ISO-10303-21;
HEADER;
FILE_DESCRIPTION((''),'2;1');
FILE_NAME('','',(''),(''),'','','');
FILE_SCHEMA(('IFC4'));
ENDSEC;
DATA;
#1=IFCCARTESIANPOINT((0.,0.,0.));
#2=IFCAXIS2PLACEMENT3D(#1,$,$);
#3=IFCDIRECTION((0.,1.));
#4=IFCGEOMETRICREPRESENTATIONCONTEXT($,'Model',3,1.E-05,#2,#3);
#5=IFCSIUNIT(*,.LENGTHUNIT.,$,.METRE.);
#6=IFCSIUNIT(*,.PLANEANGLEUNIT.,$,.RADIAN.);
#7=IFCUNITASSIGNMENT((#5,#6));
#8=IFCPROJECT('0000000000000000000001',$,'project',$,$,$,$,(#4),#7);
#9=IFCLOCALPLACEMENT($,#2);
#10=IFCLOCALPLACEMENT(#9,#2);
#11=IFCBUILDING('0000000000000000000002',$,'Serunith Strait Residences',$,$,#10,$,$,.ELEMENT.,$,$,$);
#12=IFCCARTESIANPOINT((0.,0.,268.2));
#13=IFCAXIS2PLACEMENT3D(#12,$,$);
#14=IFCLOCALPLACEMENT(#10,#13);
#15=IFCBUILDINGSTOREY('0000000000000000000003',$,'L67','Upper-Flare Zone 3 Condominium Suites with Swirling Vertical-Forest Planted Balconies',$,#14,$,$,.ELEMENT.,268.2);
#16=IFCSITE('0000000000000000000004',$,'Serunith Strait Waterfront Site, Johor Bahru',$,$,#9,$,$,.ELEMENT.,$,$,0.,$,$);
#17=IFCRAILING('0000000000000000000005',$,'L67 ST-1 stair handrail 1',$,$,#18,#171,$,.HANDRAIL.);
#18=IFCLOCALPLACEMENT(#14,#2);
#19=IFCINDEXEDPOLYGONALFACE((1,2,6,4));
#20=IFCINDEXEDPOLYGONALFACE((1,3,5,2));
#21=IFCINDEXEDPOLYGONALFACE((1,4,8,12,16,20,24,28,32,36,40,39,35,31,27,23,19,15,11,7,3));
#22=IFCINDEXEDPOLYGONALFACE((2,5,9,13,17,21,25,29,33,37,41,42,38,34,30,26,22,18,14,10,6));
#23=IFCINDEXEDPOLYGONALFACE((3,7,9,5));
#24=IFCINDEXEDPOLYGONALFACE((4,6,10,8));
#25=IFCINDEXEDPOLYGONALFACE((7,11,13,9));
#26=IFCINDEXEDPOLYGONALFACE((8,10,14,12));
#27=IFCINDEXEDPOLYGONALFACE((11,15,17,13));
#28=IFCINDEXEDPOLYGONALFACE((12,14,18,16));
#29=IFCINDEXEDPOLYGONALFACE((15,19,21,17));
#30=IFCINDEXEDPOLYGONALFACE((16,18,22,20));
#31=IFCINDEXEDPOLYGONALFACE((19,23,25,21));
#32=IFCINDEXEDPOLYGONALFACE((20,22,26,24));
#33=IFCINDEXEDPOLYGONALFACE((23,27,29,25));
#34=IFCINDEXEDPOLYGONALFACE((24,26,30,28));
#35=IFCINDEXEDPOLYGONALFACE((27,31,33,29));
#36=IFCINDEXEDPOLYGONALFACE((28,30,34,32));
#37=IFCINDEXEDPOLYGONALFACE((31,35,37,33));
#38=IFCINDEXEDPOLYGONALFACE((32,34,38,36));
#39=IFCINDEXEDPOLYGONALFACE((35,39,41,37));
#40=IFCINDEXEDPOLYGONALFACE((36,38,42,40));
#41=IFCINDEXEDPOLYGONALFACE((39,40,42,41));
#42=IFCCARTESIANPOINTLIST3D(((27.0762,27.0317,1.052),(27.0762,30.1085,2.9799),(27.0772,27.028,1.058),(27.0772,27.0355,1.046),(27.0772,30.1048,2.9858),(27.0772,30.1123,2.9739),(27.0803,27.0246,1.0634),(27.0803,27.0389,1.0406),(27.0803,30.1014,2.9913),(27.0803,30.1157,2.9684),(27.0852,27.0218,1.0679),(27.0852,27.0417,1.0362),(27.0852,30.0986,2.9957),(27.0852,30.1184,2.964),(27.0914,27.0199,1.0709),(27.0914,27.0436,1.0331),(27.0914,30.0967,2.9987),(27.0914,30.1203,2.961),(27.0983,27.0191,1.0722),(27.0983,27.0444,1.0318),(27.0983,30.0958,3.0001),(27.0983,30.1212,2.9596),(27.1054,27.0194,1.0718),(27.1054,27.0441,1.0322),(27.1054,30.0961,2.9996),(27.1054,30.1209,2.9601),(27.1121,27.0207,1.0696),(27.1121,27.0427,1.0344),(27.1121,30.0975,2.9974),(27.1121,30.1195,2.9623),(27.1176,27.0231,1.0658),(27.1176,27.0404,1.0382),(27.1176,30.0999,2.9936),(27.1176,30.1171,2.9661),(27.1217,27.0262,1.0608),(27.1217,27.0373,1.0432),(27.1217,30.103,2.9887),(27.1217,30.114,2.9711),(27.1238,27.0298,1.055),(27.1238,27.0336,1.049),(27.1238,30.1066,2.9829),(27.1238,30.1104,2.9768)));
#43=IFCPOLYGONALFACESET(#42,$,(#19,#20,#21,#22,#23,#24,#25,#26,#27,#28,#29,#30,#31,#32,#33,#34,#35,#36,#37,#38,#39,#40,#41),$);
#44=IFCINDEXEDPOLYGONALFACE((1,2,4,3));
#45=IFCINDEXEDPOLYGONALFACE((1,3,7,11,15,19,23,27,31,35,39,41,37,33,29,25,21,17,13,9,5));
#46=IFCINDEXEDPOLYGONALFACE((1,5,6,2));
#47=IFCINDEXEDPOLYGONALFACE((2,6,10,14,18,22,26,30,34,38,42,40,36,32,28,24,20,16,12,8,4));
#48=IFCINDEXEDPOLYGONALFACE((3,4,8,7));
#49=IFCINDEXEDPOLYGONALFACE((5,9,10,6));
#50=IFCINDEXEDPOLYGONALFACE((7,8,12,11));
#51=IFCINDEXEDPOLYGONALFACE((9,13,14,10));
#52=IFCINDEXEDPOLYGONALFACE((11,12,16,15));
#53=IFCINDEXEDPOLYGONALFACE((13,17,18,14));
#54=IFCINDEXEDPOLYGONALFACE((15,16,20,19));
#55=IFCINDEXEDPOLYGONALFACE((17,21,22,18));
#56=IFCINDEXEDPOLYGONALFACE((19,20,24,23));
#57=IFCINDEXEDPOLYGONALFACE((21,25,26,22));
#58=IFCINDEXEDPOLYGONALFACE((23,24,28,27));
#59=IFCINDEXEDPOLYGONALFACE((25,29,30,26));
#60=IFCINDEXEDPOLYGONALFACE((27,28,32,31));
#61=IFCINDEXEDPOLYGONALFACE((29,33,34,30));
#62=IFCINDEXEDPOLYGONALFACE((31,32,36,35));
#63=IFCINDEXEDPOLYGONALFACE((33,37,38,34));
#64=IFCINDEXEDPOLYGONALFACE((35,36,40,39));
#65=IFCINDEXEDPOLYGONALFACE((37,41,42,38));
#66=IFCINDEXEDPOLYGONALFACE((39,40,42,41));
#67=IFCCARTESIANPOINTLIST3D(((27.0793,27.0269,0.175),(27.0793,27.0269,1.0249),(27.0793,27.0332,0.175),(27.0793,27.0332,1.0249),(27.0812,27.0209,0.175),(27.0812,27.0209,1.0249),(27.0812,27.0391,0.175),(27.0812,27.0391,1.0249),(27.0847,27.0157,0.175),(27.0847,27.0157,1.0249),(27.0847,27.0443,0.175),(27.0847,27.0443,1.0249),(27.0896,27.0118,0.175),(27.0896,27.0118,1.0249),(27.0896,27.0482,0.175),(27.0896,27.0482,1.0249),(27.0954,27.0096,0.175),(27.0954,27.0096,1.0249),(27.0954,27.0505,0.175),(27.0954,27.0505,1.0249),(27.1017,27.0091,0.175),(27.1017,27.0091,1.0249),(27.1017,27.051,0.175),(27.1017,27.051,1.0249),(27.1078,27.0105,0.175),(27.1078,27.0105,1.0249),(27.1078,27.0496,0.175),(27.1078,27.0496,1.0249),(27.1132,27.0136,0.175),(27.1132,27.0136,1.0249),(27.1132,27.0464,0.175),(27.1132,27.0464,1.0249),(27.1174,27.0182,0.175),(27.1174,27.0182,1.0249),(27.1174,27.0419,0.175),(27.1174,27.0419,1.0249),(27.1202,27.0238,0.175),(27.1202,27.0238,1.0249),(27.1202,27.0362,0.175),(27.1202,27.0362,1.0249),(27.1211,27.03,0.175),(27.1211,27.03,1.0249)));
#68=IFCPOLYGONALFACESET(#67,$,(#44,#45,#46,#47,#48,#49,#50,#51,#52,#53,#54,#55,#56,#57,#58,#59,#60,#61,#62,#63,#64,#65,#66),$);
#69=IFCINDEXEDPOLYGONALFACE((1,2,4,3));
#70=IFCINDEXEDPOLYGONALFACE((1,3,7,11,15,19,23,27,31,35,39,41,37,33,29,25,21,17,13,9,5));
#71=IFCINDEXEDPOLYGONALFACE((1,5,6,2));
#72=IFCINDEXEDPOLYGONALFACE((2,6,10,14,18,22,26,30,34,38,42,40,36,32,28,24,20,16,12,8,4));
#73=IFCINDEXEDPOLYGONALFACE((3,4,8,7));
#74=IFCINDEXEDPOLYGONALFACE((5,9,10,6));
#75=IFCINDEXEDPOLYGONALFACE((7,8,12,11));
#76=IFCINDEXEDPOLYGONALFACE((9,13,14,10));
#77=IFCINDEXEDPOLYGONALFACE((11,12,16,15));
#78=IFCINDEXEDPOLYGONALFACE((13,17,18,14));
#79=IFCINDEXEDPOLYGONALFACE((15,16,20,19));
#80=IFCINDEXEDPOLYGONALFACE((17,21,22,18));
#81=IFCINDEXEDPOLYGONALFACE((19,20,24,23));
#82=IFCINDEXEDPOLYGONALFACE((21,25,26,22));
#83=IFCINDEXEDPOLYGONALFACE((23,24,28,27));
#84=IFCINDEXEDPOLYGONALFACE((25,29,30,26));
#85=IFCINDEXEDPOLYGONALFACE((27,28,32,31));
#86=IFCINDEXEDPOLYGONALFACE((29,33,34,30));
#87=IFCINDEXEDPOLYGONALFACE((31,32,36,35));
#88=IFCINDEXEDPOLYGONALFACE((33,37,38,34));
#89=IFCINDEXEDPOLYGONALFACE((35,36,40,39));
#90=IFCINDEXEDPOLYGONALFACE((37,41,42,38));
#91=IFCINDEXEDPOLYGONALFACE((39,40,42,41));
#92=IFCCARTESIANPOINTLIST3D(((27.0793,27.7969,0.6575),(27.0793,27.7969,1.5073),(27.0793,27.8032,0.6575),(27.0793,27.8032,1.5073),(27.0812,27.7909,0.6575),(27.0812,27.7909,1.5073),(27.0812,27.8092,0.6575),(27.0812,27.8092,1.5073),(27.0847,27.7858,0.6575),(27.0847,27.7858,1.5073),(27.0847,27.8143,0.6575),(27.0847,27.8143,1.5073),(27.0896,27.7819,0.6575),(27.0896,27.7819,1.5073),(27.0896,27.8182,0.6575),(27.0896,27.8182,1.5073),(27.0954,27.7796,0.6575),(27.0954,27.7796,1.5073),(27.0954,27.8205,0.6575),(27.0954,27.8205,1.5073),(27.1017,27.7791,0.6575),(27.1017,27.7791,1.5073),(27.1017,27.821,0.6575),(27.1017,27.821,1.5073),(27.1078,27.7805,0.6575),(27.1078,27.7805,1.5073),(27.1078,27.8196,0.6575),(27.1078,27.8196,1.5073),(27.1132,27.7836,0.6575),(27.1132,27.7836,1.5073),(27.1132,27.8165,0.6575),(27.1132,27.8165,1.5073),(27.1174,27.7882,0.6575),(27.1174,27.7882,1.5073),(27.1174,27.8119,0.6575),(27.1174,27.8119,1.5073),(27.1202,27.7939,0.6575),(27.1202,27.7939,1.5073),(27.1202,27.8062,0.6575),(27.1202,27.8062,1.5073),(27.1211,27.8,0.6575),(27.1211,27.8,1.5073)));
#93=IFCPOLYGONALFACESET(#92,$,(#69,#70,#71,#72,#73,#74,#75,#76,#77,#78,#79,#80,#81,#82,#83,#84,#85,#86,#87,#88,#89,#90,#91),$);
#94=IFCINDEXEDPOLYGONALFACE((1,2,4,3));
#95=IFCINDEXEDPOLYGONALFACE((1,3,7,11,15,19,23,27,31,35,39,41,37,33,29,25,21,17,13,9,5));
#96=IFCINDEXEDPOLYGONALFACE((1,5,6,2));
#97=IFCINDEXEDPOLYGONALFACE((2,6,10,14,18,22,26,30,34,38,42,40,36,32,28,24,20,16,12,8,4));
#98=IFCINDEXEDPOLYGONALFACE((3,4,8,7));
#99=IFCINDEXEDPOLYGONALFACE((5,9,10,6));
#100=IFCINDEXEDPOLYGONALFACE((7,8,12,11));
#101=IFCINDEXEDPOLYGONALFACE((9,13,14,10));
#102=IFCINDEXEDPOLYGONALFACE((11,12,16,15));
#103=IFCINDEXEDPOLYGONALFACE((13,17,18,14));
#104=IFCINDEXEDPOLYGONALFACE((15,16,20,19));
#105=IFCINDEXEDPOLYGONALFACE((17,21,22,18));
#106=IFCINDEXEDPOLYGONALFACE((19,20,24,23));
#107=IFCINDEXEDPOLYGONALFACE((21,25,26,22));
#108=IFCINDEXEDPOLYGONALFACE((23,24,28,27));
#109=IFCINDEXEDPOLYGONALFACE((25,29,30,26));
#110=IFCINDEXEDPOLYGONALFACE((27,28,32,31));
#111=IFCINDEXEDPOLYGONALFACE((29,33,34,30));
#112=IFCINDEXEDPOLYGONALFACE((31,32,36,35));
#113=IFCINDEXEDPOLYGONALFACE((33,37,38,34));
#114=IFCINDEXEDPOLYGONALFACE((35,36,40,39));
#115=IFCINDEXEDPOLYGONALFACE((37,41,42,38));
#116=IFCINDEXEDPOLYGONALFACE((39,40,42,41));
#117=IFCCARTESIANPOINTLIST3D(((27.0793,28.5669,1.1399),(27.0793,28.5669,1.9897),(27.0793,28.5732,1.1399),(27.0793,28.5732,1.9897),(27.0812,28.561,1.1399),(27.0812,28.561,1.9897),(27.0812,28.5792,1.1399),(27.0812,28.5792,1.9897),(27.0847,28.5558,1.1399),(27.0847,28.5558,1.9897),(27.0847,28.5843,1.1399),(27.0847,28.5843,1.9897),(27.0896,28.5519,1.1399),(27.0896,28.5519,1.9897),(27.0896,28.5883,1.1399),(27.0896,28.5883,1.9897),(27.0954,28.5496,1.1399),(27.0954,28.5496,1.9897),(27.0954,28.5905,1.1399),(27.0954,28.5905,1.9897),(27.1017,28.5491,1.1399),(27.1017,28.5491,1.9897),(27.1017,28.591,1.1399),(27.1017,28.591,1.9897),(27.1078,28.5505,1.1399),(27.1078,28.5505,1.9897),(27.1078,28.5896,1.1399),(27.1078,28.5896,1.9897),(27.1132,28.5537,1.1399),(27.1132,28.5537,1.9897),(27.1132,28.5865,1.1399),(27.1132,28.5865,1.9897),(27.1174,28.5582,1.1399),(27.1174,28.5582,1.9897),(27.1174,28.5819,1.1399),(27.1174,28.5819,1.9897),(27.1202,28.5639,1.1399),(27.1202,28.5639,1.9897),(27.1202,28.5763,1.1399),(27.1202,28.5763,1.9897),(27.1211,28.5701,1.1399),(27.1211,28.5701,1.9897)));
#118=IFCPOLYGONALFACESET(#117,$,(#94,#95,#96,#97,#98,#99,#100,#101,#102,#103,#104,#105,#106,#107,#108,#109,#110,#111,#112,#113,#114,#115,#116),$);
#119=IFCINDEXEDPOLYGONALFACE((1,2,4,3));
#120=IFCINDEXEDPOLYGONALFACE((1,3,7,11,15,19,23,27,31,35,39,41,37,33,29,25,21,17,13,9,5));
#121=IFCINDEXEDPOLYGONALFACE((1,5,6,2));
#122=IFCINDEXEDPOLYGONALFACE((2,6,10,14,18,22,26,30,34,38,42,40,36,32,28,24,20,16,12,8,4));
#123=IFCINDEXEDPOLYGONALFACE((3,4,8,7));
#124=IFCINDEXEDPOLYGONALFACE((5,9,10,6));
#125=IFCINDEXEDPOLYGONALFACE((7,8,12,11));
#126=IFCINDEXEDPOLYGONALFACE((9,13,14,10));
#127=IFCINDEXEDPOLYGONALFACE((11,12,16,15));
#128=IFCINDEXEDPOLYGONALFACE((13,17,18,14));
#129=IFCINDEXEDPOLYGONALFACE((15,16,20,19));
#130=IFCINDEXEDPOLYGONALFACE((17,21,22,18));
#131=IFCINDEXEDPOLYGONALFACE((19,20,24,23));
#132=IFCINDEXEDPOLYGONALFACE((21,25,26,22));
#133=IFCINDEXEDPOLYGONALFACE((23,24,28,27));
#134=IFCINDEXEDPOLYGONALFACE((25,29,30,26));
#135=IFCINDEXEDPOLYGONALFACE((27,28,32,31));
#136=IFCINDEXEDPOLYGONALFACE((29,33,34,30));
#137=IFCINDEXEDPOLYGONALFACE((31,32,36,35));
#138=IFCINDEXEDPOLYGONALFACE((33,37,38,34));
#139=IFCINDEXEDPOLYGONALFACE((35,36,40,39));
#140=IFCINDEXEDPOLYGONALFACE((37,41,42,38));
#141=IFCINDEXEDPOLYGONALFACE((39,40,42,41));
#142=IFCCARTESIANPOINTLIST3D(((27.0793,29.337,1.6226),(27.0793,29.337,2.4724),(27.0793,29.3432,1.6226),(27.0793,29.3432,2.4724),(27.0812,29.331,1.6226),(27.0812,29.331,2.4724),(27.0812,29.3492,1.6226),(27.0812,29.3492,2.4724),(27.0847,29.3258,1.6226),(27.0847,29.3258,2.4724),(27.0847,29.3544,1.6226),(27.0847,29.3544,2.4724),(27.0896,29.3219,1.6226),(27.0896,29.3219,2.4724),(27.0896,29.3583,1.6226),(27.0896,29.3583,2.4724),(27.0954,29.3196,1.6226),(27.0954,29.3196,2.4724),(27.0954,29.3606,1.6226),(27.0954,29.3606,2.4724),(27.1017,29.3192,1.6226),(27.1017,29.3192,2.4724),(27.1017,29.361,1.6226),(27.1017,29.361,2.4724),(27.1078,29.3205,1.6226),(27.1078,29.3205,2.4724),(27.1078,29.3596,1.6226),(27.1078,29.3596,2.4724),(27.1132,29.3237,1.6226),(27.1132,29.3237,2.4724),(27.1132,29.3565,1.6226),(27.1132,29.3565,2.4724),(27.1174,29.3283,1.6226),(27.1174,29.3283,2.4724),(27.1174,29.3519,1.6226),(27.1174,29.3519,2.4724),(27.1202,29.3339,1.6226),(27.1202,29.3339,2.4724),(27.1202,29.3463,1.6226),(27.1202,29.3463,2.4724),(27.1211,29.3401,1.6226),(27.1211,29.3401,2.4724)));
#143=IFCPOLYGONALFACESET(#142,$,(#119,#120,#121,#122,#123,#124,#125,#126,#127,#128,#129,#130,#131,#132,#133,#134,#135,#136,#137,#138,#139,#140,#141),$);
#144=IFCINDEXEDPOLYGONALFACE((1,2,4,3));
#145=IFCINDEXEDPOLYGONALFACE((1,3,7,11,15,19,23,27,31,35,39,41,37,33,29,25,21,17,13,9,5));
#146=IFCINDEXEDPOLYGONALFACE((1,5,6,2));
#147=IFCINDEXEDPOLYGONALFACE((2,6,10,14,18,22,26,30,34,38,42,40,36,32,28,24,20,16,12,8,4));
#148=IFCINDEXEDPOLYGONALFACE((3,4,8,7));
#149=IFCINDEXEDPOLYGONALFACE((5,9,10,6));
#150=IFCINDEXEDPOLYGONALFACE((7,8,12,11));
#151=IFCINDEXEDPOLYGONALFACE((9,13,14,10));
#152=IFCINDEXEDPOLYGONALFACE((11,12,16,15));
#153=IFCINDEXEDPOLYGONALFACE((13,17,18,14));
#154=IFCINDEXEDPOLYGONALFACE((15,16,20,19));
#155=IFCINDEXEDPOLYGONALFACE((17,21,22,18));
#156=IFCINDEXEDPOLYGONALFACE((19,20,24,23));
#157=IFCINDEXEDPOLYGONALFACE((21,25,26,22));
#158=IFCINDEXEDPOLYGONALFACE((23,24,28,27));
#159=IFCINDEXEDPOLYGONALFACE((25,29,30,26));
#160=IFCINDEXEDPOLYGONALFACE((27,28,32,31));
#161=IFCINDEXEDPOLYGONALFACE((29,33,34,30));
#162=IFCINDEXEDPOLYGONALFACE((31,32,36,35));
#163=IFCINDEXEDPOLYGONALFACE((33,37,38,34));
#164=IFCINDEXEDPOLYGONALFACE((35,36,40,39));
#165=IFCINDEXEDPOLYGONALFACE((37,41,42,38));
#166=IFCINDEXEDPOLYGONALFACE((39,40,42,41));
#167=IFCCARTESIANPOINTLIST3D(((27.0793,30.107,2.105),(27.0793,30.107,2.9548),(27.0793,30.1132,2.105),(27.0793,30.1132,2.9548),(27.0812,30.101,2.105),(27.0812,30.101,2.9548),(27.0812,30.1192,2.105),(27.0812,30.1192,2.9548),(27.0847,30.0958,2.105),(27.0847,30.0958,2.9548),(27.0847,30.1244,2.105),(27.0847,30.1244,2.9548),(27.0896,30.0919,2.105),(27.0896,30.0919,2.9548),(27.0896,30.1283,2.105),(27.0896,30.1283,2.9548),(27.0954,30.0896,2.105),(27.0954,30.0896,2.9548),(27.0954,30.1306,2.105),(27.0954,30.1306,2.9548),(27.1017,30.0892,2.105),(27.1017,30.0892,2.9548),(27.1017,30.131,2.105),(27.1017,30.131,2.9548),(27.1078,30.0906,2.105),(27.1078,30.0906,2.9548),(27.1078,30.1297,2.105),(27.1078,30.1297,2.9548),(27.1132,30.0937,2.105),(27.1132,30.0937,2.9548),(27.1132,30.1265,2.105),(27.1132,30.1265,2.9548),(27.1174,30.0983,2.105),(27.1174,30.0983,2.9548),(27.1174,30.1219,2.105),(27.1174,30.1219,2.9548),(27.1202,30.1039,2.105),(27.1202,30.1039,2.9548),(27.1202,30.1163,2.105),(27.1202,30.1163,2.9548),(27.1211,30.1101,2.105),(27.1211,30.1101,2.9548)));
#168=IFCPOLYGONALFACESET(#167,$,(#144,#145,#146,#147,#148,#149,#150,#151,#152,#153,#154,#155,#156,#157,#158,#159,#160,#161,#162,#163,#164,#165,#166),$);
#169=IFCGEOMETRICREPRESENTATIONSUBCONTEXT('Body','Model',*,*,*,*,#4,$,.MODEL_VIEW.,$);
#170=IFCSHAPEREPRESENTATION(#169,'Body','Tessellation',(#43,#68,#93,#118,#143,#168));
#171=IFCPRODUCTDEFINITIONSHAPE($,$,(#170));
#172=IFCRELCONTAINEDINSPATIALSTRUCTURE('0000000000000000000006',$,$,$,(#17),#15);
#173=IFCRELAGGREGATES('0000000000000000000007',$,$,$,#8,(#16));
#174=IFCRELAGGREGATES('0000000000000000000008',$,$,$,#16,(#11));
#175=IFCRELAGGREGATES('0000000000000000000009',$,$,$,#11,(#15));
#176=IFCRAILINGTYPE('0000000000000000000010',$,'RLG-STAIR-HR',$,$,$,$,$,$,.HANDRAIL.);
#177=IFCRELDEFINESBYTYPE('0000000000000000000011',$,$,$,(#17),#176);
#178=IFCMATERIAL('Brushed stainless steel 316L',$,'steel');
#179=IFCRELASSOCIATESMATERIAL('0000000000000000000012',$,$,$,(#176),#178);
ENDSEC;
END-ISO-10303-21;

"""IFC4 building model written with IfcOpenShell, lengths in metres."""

from ifc_helpers import new_model, si_unit, direction, frame, origin, origin_2d, place, context, subcontext, project, spatial, circle, extrude, material, type_object, element, save


model = new_model("IFC4")

# Units and contexts
model_context = context("Model", 3, precision=1e-05, world=origin(), true_north=direction((0.0, 1.0)))
body_context = subcontext(model_context, "Body", "Model", "MODEL_VIEW")
ifc_project = project(units=[si_unit("LENGTHUNIT", "METRE"), si_unit("PLANEANGLEUNIT", "RADIAN")], contexts=[model_context])

# Site, building, storey
site_placement = place(None, origin())
site = spatial("IfcSite", under=ifc_project, at=site_placement, Name="Serunith Strait Waterfront Site, Johor Bahru", CompositionType="ELEMENT", RefElevation=0.0)
building_placement = place(site_placement, origin())
building = spatial("IfcBuilding", under=site, at=building_placement, Name="Serunith Strait Residences", CompositionType="ELEMENT")
storey_placement = place(building_placement, frame((0.0, 0.0, 268.2)))
storey = spatial("IfcBuildingStorey", under=building, at=storey_placement, Name="L67", Description="Upper-Flare Zone 3 Condominium Suites with Swirling Vertical-Forest Planted Balconies", CompositionType="ELEMENT", Elevation=268.2)

# Railing
ifc_material_1 = material(Name="Brushed stainless steel 316L", Category="steel")
railing_type_1 = type_object("IfcRailingType", Name="RLG-STAIR-HR", PredefinedType="HANDRAIL", material=ifc_material_1)
railing_1_placement = place(storey_placement, frame((27.1001, 27.03, 0.175)))
element("IfcRailing", 1, at=railing_1_placement, inside=storey, type_object=railing_type_1, Name="L67 ST-1 stair handrail 1", PredefinedType="HANDRAIL", context=body_context, shape_type="SweptSolid", body=[
    extrude(circle(Radius=0.0239, at=origin_2d()), frame((0.0, 0.0017, 0.877), z_axis=(0.0, 0.847394, 0.530965), x_axis=(-1.0, 0.0, 0.0)), (0.0, 0.0, 1.0), 3.6309),
    extrude(circle(Radius=0.021, at=origin_2d()), origin(), (0.0, 0.0, 1.0), 0.8499),
    extrude(circle(Radius=0.021, at=origin_2d()), frame((0.0, 0.77, 0.4824)), (0.0, 0.0, 1.0), 0.8499),
    extrude(circle(Radius=0.021, at=origin_2d()), frame((0.0, 1.54, 0.9648)), (0.0, 0.0, 1.0), 0.8499),
    extrude(circle(Radius=0.021, at=origin_2d()), frame((0.0, 2.3101, 1.4475)), (0.0, 0.0, 1.0), 0.8499),
    extrude(circle(Radius=0.021, at=origin_2d()), frame((0.0, 3.0801, 1.9299)), (0.0, 0.0, 1.0), 0.8499),
])

save(model, "model.ifc")
